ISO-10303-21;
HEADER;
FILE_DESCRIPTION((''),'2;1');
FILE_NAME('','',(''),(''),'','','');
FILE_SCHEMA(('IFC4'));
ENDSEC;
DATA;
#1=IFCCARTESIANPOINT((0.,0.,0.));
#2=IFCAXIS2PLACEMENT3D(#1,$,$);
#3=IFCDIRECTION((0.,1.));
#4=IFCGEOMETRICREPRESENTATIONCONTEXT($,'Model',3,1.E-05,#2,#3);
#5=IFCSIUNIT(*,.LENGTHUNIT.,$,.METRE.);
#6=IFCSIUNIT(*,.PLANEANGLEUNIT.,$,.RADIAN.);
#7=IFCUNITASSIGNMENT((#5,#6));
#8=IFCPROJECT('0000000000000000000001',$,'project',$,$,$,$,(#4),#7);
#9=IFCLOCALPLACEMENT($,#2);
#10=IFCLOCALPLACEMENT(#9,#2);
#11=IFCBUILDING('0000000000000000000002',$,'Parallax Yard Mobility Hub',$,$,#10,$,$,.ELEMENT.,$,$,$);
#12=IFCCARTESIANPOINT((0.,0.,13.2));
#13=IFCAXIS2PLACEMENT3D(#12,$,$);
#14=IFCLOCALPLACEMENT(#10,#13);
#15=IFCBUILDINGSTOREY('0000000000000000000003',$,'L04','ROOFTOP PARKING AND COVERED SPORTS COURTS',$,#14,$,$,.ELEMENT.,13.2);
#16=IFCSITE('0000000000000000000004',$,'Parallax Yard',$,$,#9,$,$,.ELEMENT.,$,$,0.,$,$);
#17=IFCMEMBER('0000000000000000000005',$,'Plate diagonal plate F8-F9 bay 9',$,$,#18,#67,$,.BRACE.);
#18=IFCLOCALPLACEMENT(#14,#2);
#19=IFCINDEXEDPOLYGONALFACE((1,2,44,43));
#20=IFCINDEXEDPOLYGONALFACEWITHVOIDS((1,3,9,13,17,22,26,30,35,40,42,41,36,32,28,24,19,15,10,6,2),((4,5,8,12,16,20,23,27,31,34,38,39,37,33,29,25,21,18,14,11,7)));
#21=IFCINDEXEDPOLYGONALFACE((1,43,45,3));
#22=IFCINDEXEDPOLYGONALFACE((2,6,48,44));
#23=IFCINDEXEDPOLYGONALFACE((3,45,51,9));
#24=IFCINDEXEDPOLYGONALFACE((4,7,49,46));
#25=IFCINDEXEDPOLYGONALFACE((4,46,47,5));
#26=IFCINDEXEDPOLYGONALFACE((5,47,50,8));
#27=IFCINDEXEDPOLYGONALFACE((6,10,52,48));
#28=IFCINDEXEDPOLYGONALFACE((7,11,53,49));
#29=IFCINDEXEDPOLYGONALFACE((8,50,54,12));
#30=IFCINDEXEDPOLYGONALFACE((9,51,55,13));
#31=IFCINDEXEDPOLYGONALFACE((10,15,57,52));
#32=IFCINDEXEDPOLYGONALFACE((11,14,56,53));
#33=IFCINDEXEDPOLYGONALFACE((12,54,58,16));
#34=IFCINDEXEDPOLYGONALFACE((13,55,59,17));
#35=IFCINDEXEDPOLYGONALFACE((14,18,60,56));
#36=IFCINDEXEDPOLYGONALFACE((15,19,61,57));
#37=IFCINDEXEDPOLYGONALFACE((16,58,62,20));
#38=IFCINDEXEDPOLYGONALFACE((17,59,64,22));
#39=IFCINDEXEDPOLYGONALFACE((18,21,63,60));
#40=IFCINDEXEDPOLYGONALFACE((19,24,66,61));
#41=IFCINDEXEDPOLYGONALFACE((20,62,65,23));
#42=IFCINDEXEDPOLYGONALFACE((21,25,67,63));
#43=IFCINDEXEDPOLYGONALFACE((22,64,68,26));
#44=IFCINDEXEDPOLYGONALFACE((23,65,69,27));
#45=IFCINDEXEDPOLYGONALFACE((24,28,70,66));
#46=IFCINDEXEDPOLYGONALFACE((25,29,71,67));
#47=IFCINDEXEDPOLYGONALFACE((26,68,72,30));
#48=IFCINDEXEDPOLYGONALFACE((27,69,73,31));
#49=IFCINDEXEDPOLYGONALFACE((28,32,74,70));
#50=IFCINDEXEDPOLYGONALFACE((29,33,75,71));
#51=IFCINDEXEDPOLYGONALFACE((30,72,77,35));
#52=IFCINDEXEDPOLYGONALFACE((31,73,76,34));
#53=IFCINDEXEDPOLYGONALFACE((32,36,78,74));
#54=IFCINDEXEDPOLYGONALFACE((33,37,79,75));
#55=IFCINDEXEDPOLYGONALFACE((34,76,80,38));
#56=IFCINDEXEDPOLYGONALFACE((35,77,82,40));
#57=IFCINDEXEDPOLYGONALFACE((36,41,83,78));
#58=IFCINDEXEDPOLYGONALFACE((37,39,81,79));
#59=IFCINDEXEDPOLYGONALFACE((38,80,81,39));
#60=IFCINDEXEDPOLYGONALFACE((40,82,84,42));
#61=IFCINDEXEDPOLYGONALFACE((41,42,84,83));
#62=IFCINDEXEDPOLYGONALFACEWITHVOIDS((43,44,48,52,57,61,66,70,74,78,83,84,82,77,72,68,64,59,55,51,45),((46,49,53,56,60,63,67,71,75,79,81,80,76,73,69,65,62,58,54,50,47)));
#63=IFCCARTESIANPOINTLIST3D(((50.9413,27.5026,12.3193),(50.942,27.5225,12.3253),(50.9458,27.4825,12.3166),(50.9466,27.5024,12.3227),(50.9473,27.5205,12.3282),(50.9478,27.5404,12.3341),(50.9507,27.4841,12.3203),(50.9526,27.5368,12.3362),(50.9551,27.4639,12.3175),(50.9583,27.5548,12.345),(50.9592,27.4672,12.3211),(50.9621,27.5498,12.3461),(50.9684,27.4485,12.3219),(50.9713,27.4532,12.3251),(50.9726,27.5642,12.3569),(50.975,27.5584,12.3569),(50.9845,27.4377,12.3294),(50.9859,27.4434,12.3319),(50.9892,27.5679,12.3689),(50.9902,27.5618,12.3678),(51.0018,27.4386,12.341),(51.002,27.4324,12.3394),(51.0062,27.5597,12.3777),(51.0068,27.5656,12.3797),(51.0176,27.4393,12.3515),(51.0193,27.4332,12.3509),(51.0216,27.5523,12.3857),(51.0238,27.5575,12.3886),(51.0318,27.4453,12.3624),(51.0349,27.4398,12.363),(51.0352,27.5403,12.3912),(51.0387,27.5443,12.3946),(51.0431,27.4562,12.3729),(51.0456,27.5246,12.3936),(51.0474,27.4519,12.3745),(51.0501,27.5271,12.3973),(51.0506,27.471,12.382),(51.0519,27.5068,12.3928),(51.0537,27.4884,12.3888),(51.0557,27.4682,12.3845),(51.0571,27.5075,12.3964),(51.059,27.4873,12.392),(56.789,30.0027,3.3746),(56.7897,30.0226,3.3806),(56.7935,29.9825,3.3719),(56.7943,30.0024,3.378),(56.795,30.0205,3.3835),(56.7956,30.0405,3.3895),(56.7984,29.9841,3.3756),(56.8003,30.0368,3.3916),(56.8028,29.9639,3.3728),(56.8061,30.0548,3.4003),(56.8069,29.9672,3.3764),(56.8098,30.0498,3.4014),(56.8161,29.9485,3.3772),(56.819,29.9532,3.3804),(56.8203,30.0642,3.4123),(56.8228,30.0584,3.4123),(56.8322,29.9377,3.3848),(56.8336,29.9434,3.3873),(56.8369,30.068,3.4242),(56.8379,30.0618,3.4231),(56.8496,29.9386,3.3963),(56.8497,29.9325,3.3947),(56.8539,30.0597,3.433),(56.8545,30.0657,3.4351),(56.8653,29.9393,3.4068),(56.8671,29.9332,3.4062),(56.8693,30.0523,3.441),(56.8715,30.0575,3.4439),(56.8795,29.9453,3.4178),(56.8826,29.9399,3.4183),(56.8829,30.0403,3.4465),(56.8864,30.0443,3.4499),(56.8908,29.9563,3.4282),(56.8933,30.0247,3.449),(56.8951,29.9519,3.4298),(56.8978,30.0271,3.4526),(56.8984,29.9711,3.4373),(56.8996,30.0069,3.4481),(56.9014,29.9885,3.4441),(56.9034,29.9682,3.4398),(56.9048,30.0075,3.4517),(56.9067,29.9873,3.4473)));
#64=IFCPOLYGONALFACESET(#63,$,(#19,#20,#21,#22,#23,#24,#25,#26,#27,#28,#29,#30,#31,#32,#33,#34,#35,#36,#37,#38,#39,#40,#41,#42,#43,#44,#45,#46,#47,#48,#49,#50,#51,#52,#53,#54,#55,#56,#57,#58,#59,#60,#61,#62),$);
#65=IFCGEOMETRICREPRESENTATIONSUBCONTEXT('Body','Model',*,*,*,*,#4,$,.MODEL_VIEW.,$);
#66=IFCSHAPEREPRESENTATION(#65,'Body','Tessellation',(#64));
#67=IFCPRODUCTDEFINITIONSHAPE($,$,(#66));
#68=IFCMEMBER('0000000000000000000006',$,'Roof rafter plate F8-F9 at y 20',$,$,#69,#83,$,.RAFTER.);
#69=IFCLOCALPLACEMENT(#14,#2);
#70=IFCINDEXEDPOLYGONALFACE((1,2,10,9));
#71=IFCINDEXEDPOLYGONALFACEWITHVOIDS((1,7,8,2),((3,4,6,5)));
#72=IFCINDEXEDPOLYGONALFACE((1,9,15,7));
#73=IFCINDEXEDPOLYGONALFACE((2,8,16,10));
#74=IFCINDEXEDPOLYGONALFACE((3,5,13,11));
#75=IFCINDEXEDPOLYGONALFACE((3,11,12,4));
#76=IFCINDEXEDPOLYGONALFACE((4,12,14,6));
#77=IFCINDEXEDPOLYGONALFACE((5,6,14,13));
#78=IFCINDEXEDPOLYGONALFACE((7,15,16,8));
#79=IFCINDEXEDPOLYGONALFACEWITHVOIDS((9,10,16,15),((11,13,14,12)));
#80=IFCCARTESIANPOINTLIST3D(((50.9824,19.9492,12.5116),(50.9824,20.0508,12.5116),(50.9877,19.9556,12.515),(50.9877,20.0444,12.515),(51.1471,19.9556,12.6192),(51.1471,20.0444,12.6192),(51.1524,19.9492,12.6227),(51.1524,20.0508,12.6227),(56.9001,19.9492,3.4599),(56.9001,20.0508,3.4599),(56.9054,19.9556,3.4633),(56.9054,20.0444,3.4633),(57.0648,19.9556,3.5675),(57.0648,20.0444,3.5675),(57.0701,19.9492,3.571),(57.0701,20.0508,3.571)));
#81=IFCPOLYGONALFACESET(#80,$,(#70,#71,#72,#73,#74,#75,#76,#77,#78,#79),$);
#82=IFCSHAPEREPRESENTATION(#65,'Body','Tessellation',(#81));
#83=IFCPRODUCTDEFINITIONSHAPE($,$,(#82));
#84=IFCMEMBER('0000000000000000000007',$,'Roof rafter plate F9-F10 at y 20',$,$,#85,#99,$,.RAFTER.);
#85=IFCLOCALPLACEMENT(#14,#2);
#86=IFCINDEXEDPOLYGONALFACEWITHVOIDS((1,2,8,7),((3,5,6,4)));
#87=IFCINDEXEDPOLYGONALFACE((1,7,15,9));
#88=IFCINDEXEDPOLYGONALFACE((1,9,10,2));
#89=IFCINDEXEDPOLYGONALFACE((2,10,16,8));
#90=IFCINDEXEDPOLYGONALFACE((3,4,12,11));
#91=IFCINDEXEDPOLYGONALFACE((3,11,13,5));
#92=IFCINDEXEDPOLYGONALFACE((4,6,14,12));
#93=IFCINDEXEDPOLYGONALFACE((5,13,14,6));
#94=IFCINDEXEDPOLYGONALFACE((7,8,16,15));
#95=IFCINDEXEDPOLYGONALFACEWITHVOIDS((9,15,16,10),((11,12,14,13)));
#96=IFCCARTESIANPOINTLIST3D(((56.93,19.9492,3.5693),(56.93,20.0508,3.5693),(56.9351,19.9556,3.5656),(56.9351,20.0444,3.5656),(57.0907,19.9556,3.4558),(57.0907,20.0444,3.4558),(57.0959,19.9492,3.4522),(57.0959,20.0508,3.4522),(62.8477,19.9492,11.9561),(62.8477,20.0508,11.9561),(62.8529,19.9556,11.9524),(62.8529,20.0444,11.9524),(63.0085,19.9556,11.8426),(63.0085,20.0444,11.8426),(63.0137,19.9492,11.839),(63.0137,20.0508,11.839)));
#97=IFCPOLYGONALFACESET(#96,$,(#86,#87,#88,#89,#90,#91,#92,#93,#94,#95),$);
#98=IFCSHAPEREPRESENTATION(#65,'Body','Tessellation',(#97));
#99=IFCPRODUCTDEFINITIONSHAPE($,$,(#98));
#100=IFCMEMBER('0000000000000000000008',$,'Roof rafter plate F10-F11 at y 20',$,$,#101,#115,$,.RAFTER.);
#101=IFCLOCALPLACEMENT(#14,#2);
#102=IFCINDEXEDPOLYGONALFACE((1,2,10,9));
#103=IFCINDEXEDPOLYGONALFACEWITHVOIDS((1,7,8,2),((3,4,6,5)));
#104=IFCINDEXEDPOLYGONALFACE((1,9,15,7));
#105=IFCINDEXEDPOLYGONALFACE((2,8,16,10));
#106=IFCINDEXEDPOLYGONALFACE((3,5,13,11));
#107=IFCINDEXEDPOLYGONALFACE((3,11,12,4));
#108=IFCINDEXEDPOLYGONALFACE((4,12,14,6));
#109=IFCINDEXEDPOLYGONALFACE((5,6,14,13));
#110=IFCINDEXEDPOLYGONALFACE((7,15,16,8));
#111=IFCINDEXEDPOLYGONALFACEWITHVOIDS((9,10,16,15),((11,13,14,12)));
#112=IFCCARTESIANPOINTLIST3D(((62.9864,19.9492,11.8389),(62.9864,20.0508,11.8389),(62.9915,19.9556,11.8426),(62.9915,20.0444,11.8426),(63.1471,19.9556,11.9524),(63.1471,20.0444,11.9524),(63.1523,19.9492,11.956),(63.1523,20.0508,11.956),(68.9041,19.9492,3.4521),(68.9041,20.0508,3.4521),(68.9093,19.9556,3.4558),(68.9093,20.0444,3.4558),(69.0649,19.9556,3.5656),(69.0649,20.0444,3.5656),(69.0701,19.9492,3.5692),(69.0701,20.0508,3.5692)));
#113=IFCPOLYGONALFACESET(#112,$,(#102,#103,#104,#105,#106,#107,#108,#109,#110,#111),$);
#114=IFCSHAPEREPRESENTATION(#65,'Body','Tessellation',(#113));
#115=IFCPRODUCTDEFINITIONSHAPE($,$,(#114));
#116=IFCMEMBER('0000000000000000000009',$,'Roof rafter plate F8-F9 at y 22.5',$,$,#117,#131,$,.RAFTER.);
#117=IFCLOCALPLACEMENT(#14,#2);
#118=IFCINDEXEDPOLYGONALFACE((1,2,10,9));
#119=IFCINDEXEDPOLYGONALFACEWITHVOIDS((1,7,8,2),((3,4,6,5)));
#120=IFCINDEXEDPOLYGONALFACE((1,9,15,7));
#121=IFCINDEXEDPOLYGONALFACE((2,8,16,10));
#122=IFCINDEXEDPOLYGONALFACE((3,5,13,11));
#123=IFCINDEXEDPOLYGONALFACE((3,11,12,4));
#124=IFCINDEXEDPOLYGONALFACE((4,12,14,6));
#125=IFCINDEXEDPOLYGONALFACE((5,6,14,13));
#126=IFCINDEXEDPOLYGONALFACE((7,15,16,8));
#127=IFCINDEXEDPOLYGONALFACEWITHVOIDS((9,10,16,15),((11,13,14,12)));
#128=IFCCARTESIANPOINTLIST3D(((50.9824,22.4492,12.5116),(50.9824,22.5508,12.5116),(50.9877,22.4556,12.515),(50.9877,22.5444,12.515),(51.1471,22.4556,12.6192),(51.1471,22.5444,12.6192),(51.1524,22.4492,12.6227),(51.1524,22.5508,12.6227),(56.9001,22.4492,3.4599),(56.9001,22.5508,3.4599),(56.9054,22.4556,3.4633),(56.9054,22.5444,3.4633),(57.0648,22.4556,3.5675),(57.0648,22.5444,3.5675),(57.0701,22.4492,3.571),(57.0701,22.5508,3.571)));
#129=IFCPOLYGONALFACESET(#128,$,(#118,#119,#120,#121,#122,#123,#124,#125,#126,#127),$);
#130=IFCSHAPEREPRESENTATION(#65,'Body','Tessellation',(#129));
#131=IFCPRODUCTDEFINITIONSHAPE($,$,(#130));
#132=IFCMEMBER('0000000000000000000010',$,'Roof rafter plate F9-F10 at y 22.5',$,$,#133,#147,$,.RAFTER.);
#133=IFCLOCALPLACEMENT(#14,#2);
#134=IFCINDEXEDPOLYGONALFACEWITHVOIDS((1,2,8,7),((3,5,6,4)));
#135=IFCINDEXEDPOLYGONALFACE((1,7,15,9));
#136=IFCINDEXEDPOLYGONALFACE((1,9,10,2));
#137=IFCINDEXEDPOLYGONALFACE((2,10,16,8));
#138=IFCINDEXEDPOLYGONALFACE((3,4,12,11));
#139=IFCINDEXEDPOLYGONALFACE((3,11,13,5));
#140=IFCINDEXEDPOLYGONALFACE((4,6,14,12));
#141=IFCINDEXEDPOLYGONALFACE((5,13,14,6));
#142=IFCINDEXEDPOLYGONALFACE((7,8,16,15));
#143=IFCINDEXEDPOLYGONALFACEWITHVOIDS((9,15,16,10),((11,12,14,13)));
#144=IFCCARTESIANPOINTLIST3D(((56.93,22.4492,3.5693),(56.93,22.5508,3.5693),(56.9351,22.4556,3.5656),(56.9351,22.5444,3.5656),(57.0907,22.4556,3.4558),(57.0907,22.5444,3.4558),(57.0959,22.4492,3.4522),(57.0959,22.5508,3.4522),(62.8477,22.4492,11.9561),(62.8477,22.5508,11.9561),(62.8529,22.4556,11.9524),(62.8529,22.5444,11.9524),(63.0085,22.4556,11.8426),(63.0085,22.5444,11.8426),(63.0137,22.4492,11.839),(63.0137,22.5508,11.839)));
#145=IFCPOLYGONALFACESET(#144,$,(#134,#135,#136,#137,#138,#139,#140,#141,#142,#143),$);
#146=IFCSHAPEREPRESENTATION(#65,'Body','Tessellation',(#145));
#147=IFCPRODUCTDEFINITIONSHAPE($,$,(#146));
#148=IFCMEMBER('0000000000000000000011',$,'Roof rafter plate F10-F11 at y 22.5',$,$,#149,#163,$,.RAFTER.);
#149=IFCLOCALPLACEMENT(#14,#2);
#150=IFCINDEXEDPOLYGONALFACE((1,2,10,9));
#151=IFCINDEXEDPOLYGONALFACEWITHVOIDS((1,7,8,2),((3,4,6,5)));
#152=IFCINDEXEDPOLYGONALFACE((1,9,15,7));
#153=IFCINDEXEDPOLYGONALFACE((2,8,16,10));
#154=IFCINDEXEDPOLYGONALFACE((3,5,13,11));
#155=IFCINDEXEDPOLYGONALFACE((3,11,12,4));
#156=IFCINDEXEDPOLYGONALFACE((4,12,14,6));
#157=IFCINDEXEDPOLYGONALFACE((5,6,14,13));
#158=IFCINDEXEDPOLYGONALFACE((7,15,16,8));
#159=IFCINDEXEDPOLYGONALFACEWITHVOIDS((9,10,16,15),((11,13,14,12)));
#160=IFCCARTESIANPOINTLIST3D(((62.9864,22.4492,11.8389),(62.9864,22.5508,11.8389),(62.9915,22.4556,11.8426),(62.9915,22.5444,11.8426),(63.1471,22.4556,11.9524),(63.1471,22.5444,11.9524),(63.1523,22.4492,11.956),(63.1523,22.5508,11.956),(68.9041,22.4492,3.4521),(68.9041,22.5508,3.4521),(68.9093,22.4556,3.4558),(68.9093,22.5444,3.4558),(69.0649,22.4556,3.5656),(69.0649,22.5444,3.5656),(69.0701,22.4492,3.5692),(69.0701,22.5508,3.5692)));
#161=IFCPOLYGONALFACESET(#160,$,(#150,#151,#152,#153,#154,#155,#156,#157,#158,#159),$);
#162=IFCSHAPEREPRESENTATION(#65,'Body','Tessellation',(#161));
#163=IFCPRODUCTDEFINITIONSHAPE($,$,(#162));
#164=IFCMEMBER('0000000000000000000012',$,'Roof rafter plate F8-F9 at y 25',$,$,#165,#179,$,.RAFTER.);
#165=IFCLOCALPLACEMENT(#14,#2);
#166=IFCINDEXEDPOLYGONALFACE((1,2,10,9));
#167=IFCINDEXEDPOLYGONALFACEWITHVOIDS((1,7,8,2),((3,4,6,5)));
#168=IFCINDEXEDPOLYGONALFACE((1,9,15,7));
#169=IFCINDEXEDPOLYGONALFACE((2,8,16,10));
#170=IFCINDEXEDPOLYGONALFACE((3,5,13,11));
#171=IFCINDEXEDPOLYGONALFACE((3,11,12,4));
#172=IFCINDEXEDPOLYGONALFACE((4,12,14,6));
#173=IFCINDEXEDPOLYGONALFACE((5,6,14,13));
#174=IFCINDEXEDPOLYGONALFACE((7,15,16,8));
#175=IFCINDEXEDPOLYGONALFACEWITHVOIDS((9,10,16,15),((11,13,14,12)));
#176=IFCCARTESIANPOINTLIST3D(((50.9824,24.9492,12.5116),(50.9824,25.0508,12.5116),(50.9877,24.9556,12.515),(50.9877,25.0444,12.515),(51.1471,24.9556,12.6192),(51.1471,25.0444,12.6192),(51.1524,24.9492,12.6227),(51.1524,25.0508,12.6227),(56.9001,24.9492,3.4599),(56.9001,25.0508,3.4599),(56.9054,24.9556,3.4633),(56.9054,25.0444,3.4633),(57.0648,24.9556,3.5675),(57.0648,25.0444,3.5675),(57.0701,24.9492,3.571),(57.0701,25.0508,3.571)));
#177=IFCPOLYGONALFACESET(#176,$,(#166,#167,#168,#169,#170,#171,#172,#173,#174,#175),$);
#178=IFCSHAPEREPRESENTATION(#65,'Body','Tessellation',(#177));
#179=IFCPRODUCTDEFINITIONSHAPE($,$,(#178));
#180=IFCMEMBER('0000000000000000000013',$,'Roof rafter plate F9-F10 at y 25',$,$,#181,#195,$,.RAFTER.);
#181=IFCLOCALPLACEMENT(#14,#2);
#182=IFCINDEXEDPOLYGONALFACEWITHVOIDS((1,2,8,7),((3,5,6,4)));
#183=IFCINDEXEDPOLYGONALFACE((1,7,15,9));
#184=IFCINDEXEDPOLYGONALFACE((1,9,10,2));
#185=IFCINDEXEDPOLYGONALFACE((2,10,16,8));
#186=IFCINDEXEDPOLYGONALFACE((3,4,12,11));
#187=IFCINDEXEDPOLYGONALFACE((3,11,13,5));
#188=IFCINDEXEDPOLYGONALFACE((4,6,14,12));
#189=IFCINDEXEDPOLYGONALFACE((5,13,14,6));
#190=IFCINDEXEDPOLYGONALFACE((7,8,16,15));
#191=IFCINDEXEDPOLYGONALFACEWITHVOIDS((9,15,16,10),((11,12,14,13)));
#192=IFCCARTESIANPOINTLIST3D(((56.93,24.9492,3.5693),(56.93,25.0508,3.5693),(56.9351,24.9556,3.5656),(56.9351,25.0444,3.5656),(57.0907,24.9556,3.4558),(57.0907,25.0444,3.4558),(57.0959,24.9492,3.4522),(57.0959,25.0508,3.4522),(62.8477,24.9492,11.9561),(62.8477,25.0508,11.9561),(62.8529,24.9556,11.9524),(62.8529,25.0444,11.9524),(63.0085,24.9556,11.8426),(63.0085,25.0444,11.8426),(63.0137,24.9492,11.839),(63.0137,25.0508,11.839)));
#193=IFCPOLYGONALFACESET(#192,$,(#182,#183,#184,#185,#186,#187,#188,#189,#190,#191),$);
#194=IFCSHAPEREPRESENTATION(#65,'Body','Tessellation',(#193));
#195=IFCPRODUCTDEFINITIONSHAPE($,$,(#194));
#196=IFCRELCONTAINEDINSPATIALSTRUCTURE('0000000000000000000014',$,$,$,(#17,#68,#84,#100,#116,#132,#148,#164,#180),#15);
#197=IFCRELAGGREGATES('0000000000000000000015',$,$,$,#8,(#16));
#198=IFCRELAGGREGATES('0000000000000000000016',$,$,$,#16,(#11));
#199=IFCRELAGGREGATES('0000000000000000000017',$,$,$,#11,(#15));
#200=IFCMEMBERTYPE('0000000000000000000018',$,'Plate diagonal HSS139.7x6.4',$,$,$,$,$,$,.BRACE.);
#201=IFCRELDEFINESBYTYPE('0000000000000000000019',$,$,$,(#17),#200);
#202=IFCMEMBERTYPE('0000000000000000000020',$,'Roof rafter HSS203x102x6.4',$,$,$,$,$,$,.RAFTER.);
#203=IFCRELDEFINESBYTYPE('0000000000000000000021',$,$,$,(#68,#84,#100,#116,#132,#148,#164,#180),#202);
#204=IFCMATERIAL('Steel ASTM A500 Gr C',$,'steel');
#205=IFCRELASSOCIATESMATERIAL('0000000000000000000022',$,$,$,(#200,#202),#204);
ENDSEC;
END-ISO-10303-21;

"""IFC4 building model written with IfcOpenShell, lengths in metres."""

from ifc_helpers import new_model, si_unit, direction, frame, origin, origin_2d, place, context, subcontext, project, spatial, hollow_rectangle, hollow_circle, extrude, material, material_profile, profile_set, type_object, element, save


model = new_model("IFC4")

# Units and contexts
model_context = context("Model", 3, precision=1e-05, world=origin(), true_north=direction((0.0, 1.0)))
body_context = subcontext(model_context, "Body", "Model", "MODEL_VIEW")
ifc_project = project(units=[si_unit("LENGTHUNIT", "METRE"), si_unit("PLANEANGLEUNIT", "RADIAN")], contexts=[model_context])

# Site, building, storey
site_placement = place(None, origin())
site = spatial("IfcSite", under=ifc_project, at=site_placement, Name="Parallax Yard", CompositionType="ELEMENT", RefElevation=0.0)
building_placement = place(site_placement, origin())
building = spatial("IfcBuilding", under=site, at=building_placement, Name="Parallax Yard Mobility Hub", CompositionType="ELEMENT")
storey_placement = place(building_placement, frame((0.0, 0.0, 13.2)))
storey = spatial("IfcBuildingStorey", under=building, at=storey_placement, Name="L04", Description="ROOFTOP PARKING AND COVERED SPORTS COURTS", CompositionType="ELEMENT", Elevation=13.2)

# Members
ifc_material_1 = material(Name="Steel ASTM A500 Gr C", Category="steel")
ifc_material_profile_1 = material_profile(ifc_material_1, hollow_circle(Radius=0.0698, WallThickness=0.0063, at=origin_2d()), Name="HSS139.7x6.4")
ifc_profile_set_1 = profile_set([ifc_material_profile_1], Name="Steel ASTM A500 Gr C")
member_type_1 = type_object("IfcMemberType", Name="Plate diagonal HSS139.7x6.4", PredefinedType="BRACE", material=ifc_profile_set_1)
member_1_placement = place(storey_placement, frame((51.0, 27.5, 12.3569), z_axis=(0.532816, 0.22779, -0.814996), x_axis=(-0.393104, 0.919494, 0.0)))
element("IfcMember", 1, at=member_1_placement, inside=storey, type_object=member_type_1, Name="Plate diagonal plate F8-F9 bay 9", PredefinedType="BRACE", context=body_context, shape_type="SweptSolid", body=[
    extrude(hollow_circle(Radius=0.0698, WallThickness=0.0063, at=origin_2d()), origin(), (0.0, 0.0, 1.0), 10.9751),
])
ifc_material_profile_2 = material_profile(ifc_material_1, hollow_rectangle(XDim=0.1016, YDim=0.2031, WallThickness=0.0063, at=origin_2d()), Name="HSS203x102x6.4")
ifc_profile_set_2 = profile_set([ifc_material_profile_2], Name="Steel ASTM A500 Gr C")
member_type_2 = type_object("IfcMemberType", Name="Roof rafter HSS203x102x6.4", PredefinedType="RAFTER", material=ifc_profile_set_2)
member_2_placement = place(storey_placement, frame((51.0674, 20.0, 12.5671), z_axis=(0.547202, 0.0, -0.837001), x_axis=(0.0, 1.0, 0.0)))
element("IfcMember", 2, at=member_2_placement, inside=storey, type_object=member_type_2, Name="Roof rafter plate F8-F9 at y 20", PredefinedType="RAFTER", context=body_context, shape_type="SweptSolid", body=[
    extrude(hollow_rectangle(XDim=0.1016, YDim=0.2031, WallThickness=0.0063, at=origin_2d()), origin(), (0.0, 0.0, 1.0), 10.8145),
])
for number, where, z_axis, x_axis, name in (
    (3, (57.0129, 20.0, 3.5107), (0.576533, 0.0, 0.817074), (0.0, 1.0, 0.0), "Roof rafter plate F9-F10 at y 20"),
    (4, (63.0693, 20.0, 11.8975), (0.576533, 0.0, -0.817074), (0.0, 1.0, 0.0), "Roof rafter plate F10-F11 at y 20"),
):
    element("IfcMember", number, at=place(storey_placement, frame(where, z_axis=z_axis, x_axis=x_axis)), inside=storey, type_object=member_type_2, Name=name, PredefinedType="RAFTER", context=body_context, shape_type="SweptSolid", body=[
        extrude(hollow_rectangle(XDim=0.1016, YDim=0.2031, WallThickness=0.0063, at=origin_2d()), origin(), (0.0, 0.0, 1.0), 10.2644),
    ])
member_3_placement = place(storey_placement, frame((51.0674, 22.5, 12.5671), z_axis=(0.547202, 0.0, -0.837001), x_axis=(0.0, 1.0, 0.0)))
element("IfcMember", 5, at=member_3_placement, inside=storey, type_object=member_type_2, Name="Roof rafter plate F8-F9 at y 22.5", PredefinedType="RAFTER", context=body_context, shape_type="SweptSolid", body=[
    extrude(hollow_rectangle(XDim=0.1016, YDim=0.2031, WallThickness=0.0063, at=origin_2d()), origin(), (0.0, 0.0, 1.0), 10.8145),
])
for number, where, z_axis, x_axis, name in (
    (6, (57.0129, 22.5, 3.5107), (0.576533, 0.0, 0.817074), (0.0, 1.0, 0.0), "Roof rafter plate F9-F10 at y 22.5"),
    (7, (63.0693, 22.5, 11.8975), (0.576533, 0.0, -0.817074), (0.0, 1.0, 0.0), "Roof rafter plate F10-F11 at y 22.5"),
):
    element("IfcMember", number, at=place(storey_placement, frame(where, z_axis=z_axis, x_axis=x_axis)), inside=storey, type_object=member_type_2, Name=name, PredefinedType="RAFTER", context=body_context, shape_type="SweptSolid", body=[
        extrude(hollow_rectangle(XDim=0.1016, YDim=0.2031, WallThickness=0.0063, at=origin_2d()), origin(), (0.0, 0.0, 1.0), 10.2644),
    ])
member_4_placement = place(storey_placement, frame((51.0674, 25.0, 12.5671), z_axis=(0.547202, 0.0, -0.837001), x_axis=(0.0, 1.0, 0.0)))
element("IfcMember", 8, at=member_4_placement, inside=storey, type_object=member_type_2, Name="Roof rafter plate F8-F9 at y 25", PredefinedType="RAFTER", context=body_context, shape_type="SweptSolid", body=[
    extrude(hollow_rectangle(XDim=0.1016, YDim=0.2031, WallThickness=0.0063, at=origin_2d()), origin(), (0.0, 0.0, 1.0), 10.8145),
])
for number, where, z_axis, x_axis, name in (
    (9, (57.0129, 25.0, 3.5107), (0.576533, 0.0, 0.817074), (0.0, 1.0, 0.0), "Roof rafter plate F9-F10 at y 25"),
):
    element("IfcMember", number, at=place(storey_placement, frame(where, z_axis=z_axis, x_axis=x_axis)), inside=storey, type_object=member_type_2, Name=name, PredefinedType="RAFTER", context=body_context, shape_type="SweptSolid", body=[
        extrude(hollow_rectangle(XDim=0.1016, YDim=0.2031, WallThickness=0.0063, at=origin_2d()), origin(), (0.0, 0.0, 1.0), 10.2644),
    ])

save(model, "model.ifc")
